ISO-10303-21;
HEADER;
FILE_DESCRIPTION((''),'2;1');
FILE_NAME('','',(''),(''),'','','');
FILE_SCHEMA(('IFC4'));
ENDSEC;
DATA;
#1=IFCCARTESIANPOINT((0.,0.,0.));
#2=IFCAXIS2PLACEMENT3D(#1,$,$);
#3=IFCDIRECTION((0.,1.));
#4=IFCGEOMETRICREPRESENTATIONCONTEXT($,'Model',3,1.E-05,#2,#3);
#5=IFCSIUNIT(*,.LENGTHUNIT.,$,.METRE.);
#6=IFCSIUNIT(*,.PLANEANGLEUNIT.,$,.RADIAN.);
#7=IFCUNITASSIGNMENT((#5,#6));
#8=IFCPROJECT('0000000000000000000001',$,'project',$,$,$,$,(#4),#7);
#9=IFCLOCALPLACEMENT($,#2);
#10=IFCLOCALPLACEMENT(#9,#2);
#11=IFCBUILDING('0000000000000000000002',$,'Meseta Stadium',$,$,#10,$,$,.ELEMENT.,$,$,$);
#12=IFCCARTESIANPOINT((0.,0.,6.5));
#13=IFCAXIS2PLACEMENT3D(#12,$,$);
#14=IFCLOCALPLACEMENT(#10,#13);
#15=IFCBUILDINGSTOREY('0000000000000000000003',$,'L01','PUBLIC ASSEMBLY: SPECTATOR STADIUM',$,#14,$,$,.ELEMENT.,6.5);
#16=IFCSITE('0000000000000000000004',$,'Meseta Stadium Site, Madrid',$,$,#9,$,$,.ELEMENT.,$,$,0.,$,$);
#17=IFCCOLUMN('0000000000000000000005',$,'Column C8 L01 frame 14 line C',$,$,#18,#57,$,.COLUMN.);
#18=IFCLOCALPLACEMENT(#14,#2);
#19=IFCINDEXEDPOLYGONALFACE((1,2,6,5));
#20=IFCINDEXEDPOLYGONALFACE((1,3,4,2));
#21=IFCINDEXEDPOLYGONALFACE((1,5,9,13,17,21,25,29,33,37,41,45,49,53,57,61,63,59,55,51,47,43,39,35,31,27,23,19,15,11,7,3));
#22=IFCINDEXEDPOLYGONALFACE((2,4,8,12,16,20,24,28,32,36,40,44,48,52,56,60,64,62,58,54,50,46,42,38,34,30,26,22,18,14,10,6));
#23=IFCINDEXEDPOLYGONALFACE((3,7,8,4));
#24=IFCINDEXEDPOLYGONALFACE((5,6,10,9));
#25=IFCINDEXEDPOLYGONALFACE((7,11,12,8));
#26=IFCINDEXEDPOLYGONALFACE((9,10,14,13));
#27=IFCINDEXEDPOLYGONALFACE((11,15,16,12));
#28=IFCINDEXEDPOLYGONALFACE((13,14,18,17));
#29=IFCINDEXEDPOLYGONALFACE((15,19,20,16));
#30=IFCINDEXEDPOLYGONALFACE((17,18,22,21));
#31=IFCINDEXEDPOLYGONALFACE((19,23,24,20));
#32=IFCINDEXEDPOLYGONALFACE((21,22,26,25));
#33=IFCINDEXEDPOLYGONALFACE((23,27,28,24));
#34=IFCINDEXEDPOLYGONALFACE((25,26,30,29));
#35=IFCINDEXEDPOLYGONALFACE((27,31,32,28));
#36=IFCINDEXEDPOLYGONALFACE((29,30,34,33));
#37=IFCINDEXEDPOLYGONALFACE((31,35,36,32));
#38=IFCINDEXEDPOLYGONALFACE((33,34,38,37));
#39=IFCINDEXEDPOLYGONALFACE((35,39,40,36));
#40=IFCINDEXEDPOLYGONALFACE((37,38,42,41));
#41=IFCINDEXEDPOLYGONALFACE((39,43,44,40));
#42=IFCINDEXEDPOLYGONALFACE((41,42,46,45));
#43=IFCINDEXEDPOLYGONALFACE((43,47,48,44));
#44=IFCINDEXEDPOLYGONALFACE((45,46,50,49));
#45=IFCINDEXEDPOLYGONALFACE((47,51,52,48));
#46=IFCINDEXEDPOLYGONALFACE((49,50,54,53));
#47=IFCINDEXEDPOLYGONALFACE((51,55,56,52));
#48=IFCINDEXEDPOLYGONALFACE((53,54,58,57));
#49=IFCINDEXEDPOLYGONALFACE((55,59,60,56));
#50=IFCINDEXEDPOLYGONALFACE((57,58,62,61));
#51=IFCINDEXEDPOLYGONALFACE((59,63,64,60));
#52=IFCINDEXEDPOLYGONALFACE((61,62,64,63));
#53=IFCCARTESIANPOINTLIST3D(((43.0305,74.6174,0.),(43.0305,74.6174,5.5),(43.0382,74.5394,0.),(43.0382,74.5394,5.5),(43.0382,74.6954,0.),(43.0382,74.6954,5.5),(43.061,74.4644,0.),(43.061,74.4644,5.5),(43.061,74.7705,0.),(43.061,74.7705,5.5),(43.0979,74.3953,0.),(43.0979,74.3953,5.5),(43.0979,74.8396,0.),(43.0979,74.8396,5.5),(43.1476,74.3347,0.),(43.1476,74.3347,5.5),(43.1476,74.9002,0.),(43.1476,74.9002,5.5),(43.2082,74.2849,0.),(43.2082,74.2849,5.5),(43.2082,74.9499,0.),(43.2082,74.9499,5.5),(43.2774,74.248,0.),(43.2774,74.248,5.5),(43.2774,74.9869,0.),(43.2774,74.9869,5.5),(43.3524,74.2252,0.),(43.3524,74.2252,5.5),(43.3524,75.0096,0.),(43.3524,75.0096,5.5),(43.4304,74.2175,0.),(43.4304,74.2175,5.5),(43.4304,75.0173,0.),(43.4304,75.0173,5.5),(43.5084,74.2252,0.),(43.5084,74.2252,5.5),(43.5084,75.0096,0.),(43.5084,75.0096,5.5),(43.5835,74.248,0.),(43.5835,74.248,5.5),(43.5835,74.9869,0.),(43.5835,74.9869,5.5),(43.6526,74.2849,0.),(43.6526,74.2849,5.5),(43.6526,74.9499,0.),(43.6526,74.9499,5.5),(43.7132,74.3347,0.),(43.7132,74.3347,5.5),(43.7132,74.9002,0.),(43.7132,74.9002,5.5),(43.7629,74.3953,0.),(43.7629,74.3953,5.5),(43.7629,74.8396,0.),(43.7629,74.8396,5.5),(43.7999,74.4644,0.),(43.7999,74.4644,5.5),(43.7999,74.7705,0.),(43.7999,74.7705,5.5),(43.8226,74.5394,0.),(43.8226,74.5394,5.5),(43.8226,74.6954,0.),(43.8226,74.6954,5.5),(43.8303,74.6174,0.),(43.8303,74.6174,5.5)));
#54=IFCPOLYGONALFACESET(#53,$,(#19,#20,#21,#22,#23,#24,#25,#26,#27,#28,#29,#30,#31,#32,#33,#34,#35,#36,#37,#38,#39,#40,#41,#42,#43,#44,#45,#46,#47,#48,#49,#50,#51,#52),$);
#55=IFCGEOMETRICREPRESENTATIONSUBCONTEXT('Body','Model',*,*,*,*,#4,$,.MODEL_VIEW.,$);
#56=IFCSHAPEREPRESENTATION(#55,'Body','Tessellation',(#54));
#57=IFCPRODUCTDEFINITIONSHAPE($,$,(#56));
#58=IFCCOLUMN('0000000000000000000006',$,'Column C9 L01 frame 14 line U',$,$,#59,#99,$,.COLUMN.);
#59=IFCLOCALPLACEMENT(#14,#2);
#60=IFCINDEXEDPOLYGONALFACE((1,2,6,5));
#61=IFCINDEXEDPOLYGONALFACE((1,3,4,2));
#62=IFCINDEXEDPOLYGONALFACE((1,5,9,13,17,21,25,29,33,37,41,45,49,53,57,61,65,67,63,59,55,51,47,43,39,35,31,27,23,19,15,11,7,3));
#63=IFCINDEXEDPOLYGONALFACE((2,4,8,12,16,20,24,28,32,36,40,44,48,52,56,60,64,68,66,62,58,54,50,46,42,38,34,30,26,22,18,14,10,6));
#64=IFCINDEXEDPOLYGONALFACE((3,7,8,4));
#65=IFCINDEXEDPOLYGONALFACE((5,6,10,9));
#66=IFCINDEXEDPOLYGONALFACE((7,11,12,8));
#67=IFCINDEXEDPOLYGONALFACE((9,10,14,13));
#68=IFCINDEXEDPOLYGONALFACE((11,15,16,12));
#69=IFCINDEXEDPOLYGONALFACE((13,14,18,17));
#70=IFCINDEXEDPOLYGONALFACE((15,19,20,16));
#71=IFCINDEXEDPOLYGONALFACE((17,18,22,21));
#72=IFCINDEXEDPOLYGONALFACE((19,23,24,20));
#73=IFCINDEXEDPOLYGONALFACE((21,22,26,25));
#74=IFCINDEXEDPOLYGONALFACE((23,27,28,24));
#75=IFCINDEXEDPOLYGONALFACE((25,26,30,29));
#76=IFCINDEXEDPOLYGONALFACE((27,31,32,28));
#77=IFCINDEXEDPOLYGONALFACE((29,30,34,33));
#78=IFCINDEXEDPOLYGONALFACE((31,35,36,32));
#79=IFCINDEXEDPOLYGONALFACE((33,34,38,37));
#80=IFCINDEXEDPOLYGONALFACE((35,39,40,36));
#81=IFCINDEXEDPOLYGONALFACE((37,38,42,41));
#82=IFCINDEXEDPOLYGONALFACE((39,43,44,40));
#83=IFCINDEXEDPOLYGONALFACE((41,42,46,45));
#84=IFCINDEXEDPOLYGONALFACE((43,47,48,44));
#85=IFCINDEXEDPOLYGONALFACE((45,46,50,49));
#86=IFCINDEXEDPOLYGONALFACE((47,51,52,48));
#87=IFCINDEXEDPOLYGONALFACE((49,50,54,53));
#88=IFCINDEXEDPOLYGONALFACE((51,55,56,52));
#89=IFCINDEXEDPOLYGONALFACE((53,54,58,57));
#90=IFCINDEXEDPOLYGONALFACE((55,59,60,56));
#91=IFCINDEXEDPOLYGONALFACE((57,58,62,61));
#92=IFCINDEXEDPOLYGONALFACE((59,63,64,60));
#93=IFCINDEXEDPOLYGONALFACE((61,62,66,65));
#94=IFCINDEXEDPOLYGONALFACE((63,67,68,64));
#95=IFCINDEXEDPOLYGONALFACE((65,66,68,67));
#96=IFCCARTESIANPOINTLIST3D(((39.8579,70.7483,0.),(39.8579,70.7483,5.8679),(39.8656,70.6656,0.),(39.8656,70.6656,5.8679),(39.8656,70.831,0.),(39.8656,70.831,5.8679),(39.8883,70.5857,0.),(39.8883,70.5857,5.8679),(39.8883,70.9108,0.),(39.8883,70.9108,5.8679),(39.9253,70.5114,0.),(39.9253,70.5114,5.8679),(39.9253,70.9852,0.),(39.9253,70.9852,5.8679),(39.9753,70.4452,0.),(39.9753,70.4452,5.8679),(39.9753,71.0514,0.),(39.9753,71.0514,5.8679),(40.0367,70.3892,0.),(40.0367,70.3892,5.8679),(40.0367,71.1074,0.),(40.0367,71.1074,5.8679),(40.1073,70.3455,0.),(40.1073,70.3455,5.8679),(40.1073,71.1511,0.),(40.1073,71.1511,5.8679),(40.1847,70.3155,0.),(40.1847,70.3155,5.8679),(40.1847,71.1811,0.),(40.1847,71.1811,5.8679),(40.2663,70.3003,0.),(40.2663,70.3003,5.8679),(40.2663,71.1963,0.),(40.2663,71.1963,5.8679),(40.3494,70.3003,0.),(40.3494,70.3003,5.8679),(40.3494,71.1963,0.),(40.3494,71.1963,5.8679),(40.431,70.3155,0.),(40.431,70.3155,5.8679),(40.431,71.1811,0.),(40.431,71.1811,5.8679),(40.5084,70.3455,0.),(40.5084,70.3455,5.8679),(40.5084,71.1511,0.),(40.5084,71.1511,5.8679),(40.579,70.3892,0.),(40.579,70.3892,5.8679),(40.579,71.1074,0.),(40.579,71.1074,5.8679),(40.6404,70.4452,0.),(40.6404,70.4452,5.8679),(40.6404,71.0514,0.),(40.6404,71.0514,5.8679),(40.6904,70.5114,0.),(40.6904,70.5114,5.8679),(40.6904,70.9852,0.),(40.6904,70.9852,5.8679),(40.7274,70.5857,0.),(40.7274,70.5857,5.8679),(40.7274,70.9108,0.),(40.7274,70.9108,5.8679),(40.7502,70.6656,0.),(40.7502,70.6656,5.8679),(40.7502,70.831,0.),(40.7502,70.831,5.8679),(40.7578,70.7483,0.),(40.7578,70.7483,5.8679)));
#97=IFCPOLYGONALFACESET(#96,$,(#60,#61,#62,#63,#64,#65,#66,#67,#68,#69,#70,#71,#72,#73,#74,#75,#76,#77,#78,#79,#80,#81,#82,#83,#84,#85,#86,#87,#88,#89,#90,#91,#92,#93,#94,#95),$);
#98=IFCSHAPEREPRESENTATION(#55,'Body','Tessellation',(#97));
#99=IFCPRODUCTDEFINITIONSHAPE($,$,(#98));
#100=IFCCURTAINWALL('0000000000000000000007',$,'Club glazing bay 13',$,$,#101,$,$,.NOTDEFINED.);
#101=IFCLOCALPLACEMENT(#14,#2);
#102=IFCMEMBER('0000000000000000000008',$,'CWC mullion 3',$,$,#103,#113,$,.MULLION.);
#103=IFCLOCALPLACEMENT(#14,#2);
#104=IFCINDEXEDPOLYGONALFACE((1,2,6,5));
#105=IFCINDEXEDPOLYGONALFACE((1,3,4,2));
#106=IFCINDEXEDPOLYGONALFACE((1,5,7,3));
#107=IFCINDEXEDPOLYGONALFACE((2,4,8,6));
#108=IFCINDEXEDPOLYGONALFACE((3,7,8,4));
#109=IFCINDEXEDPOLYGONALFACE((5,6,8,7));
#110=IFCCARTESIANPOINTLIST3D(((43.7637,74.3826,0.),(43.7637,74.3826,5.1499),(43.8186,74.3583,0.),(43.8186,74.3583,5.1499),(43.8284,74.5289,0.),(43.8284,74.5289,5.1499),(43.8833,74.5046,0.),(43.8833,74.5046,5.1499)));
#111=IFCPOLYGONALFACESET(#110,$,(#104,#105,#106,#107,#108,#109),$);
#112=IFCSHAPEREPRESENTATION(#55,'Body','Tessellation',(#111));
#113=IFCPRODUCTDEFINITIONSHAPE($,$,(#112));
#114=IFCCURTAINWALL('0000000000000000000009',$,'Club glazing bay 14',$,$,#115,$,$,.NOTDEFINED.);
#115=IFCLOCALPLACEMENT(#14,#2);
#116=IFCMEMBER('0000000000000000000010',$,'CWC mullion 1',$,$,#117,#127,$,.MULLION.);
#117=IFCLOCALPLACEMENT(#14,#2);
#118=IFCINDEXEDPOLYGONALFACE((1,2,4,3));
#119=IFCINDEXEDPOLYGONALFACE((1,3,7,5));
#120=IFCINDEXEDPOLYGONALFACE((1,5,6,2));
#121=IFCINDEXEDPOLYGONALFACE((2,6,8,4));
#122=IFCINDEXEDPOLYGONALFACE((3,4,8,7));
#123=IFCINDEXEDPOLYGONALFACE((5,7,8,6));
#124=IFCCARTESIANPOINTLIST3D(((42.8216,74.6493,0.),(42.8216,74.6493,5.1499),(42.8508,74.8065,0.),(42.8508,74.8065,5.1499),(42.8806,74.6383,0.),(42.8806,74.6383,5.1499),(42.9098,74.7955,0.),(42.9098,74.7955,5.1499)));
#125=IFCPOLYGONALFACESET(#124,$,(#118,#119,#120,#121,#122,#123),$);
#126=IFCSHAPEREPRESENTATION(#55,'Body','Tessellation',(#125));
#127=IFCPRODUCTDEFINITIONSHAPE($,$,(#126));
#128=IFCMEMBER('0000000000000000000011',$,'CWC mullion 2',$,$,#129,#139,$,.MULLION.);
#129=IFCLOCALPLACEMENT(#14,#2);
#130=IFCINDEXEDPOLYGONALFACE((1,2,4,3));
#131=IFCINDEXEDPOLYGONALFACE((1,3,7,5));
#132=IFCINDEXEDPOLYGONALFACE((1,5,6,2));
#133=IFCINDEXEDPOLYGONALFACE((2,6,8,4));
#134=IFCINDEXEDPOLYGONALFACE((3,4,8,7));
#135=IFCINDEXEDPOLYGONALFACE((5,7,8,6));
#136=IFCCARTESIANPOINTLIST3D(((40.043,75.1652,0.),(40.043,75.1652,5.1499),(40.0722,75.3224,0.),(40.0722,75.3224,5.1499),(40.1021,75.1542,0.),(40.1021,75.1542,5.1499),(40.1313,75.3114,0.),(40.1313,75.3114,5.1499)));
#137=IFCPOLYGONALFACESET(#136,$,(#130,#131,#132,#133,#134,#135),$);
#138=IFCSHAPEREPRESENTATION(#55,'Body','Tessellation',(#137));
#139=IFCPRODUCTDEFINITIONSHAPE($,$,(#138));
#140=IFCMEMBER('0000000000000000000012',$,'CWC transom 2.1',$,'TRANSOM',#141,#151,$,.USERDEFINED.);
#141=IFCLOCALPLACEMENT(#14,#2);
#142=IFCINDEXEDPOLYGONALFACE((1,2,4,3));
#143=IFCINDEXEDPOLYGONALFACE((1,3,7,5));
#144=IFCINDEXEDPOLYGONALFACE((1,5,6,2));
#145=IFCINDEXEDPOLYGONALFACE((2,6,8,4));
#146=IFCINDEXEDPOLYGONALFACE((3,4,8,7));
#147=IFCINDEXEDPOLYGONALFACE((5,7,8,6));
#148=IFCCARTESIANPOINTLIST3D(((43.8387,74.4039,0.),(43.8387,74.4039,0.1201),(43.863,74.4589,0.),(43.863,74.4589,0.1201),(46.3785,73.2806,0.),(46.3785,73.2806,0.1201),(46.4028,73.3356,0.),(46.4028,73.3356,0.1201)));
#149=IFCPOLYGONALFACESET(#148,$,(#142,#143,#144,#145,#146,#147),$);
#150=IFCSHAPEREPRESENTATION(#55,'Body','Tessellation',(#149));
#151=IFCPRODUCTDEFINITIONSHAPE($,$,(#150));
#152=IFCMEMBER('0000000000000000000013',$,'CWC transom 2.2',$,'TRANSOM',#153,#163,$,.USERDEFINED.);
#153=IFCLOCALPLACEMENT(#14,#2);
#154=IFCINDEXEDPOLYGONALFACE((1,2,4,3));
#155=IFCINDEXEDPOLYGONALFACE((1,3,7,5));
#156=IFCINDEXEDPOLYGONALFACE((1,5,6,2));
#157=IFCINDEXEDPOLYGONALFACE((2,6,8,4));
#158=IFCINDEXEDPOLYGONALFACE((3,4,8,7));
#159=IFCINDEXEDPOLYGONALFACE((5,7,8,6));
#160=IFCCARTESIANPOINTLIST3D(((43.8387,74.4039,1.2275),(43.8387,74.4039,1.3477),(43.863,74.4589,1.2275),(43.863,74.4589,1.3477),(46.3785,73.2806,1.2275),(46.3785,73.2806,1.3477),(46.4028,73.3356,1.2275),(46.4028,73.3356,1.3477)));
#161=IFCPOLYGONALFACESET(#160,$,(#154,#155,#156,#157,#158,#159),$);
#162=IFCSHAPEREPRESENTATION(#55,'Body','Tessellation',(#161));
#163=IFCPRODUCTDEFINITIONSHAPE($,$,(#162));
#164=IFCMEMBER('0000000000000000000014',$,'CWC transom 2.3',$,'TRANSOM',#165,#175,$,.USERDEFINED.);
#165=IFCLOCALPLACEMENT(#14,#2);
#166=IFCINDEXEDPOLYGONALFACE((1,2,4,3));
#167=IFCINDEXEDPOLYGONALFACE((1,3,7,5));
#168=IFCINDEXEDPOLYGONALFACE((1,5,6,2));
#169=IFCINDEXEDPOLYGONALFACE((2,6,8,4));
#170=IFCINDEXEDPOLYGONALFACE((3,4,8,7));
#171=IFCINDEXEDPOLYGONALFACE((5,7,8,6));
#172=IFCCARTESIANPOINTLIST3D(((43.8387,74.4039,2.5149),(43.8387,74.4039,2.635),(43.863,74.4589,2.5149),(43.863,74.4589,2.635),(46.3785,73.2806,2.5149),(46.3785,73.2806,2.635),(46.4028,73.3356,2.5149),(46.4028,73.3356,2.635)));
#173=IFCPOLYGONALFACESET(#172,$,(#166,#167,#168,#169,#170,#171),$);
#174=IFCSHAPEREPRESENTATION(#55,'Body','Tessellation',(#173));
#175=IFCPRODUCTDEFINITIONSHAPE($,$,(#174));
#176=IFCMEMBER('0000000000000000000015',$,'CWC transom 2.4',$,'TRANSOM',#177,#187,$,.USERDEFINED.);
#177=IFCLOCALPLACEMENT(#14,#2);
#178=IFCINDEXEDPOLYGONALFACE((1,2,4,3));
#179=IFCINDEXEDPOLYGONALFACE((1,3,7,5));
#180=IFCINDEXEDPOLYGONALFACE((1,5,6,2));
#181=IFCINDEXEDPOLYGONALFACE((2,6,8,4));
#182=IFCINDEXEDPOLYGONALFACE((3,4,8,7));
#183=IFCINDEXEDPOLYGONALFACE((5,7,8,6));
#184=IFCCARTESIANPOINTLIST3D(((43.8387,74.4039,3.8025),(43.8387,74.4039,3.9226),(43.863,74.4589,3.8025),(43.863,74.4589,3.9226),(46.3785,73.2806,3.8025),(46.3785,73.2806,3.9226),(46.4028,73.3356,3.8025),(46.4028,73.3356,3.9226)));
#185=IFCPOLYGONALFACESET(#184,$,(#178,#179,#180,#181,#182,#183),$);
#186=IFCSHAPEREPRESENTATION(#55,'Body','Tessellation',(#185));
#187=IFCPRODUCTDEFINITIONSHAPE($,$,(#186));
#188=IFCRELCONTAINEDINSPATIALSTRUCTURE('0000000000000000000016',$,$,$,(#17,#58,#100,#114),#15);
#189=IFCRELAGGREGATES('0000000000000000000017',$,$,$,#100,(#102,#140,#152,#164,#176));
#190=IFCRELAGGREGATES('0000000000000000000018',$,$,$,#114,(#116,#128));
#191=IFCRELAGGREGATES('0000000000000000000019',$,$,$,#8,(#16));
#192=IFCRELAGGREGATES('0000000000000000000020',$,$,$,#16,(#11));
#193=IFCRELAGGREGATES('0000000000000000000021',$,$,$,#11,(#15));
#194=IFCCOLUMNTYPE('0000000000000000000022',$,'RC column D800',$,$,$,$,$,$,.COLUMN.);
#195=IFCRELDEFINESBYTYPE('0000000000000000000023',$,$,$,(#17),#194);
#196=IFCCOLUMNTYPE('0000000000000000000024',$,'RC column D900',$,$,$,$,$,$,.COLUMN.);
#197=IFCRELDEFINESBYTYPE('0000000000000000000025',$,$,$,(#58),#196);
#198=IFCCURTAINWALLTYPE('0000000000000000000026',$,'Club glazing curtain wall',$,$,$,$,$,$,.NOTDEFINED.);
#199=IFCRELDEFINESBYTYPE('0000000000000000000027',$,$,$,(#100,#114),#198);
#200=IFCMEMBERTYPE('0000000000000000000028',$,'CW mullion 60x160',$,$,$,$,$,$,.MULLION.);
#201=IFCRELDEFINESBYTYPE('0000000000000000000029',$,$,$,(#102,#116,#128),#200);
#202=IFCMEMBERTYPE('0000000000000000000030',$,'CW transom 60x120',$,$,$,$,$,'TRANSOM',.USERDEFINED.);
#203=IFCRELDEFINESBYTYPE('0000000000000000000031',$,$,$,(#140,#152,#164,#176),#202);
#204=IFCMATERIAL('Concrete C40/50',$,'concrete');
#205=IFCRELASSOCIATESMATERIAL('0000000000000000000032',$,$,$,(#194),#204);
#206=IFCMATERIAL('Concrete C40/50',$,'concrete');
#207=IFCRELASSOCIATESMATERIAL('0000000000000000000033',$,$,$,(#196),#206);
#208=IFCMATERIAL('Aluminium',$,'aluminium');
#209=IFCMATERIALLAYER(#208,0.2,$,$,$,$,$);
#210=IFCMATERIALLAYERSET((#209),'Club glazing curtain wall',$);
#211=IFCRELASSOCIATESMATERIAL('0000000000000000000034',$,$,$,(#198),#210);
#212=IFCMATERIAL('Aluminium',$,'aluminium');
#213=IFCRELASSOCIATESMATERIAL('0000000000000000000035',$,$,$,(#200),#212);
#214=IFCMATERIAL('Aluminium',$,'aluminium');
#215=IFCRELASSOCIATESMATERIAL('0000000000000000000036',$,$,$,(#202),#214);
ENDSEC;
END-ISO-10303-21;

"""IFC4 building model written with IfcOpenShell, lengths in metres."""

from ifc_helpers import new_model, si_unit, direction, frame, origin, origin_2d, place, context, subcontext, project, spatial, rectangle, circle, extrude, material, layer, layer_set, material_profile, profile_set, type_object, element, aggregate, save


model = new_model("IFC4")

# Units and contexts
model_context = context("Model", 3, precision=1e-05, world=origin(), true_north=direction((0.0, 1.0)))
body_context = subcontext(model_context, "Body", "Model", "MODEL_VIEW")
ifc_project = project(units=[si_unit("LENGTHUNIT", "METRE"), si_unit("PLANEANGLEUNIT", "RADIAN")], contexts=[model_context])

# Site, building, storey
site_placement = place(None, origin())
site = spatial("IfcSite", under=ifc_project, at=site_placement, Name="Meseta Stadium Site, Madrid", CompositionType="ELEMENT", RefElevation=0.0)
building_placement = place(site_placement, origin())
building = spatial("IfcBuilding", under=site, at=building_placement, Name="Meseta Stadium", CompositionType="ELEMENT")
storey_placement = place(building_placement, frame((0.0, 0.0, 6.5)))
storey = spatial("IfcBuildingStorey", under=building, at=storey_placement, Name="L01", Description="PUBLIC ASSEMBLY: SPECTATOR STADIUM", CompositionType="ELEMENT", Elevation=6.5)

# Columns
ifc_material_1 = material(Name="Concrete C40/50", Category="concrete")
ifc_material_profile_1 = material_profile(ifc_material_1, circle(Radius=0.3999, at=origin_2d()), Name="RC D800")
ifc_profile_set_1 = profile_set([ifc_material_profile_1], Name="Concrete C40/50")
column_type_1 = type_object("IfcColumnType", Name="RC column D800", PredefinedType="COLUMN", material=ifc_profile_set_1)
column_1_placement = place(storey_placement, frame((43.4304, 74.6174, 0.0), z_axis=(0.0, 0.0, 1.0), x_axis=(1.0, 0.0, 0.0)))
element("IfcColumn", 1, at=column_1_placement, inside=storey, type_object=column_type_1, Name="Column C8 L01 frame 14 line C", PredefinedType="COLUMN", context=body_context, shape_type="SweptSolid", body=[
    extrude(circle(Radius=0.3999, at=origin_2d()), origin(), (0.0, 0.0, 1.0), 5.5),
])
ifc_material_2 = material(Name="Concrete C40/50", Category="concrete")
ifc_material_profile_2 = material_profile(ifc_material_2, circle(Radius=0.45, at=origin_2d()), Name="RC D900")
ifc_profile_set_2 = profile_set([ifc_material_profile_2], Name="Concrete C40/50")
column_type_2 = type_object("IfcColumnType", Name="RC column D900", PredefinedType="COLUMN", material=ifc_profile_set_2)
column_2_placement = place(storey_placement, frame((40.3079, 70.7483, 0.0), z_axis=(0.0, 0.0, 1.0), x_axis=(1.0, 0.0, 0.0)))
element("IfcColumn", 2, at=column_2_placement, inside=storey, type_object=column_type_2, Name="Column C9 L01 frame 14 line U", PredefinedType="COLUMN", context=body_context, shape_type="SweptSolid", body=[
    extrude(circle(Radius=0.45, at=origin_2d()), origin(), (0.0, 0.0, 1.0), 5.8679),
])

# Curtain wall, member
ifc_material_3 = material(Name="Aluminium", Category="aluminium")
ifc_layer_1 = layer(ifc_material_3, 0.2)
ifc_layer_set_1 = layer_set([ifc_layer_1], Name="Club glazing curtain wall")
curtain_wall_type = type_object("IfcCurtainWallType", Name="Club glazing curtain wall", PredefinedType="NOTDEFINED", material=ifc_layer_set_1)
curtain_wall_1_placement = place(storey_placement, origin())
curtain_wall_1 = element("IfcCurtainWall", 3, at=curtain_wall_1_placement, inside=storey, type_object=curtain_wall_type, Name="Club glazing bay 13", PredefinedType="NOTDEFINED")
ifc_material_4 = material(Name="Aluminium", Category="aluminium")
ifc_material_profile_3 = material_profile(ifc_material_4, rectangle(XDim=0.1599, YDim=0.0601, at=origin_2d()), Name="CW 160x60")
ifc_profile_set_3 = profile_set([ifc_material_profile_3], Name="Aluminium")
member_type_1 = type_object("IfcMemberType", Name="CW mullion 60x160", PredefinedType="MULLION", material=ifc_profile_set_3)
member_1_placement = place(storey_placement, frame((43.8235, 74.4436, 0.0), z_axis=(0.0, 0.0, 1.0), x_axis=(-0.404524, -0.914527, 0.0)))
member_1 = element("IfcMember", 4, at=member_1_placement, type_object=member_type_1, Name="CWC mullion 3", PredefinedType="MULLION", context=body_context, shape_type="SweptSolid", body=[
    extrude(rectangle(XDim=0.1599, YDim=0.0601, at=origin_2d()), origin(), (0.0, 0.0, 1.0), 5.1499),
])

# Curtain wall, members
curtain_wall_2_placement = place(storey_placement, origin())
curtain_wall_2 = element("IfcCurtainWall", 5, at=curtain_wall_2_placement, inside=storey, type_object=curtain_wall_type, Name="Club glazing bay 14", PredefinedType="NOTDEFINED")
member_2_placement = place(storey_placement, frame((42.8657, 74.7224, 0.0), z_axis=(0.0, 0.0, 1.0), x_axis=(-0.1826, -0.983187, 0.0)))
member_2 = element("IfcMember", 6, at=member_2_placement, type_object=member_type_1, Name="CWC mullion 1", PredefinedType="MULLION", context=body_context, shape_type="SweptSolid", body=[
    extrude(rectangle(XDim=0.1599, YDim=0.0601, at=origin_2d()), origin(), (0.0, 0.0, 1.0), 5.1499),
])
member_3_placement = place(storey_placement, frame((40.0872, 75.2383, 0.0), z_axis=(0.0, 0.0, 1.0), x_axis=(-0.1826, -0.983187, 0.0)))
member_3 = element("IfcMember", 7, at=member_3_placement, type_object=member_type_1, Name="CWC mullion 2", PredefinedType="MULLION", context=body_context, shape_type="SweptSolid", body=[
    extrude(rectangle(XDim=0.1599, YDim=0.0601, at=origin_2d()), origin(), (0.0, 0.0, 1.0), 5.1499),
])

# Members
ifc_material_5 = material(Name="Aluminium", Category="aluminium")
ifc_material_profile_4 = material_profile(ifc_material_5, rectangle(XDim=0.0601, YDim=0.1201, at=origin_2d()), Name="CW 60x120")
ifc_profile_set_4 = profile_set([ifc_material_profile_4], Name="Aluminium")
member_type_2 = type_object("IfcMemberType", Name="CW transom 60x120", ElementType="TRANSOM", PredefinedType="USERDEFINED", material=ifc_profile_set_4)
member_4_placement = place(storey_placement, frame((46.3906, 73.3081, 0.0601), z_axis=(-0.914546, 0.404482, 0.0), x_axis=(-0.404482, -0.914546, 0.0)))
member_4 = element("IfcMember", 8, at=member_4_placement, type_object=member_type_2, Name="CWC transom 2.1", ObjectType="TRANSOM", PredefinedType="USERDEFINED", context=body_context, shape_type="SweptSolid", body=[
    extrude(rectangle(XDim=0.0601, YDim=0.1201, at=origin_2d()), origin(), (0.0, 0.0, 1.0), 2.7771),
])
member_5_placement = place(storey_placement, frame((46.3906, 73.3081, 1.2876), z_axis=(-0.914546, 0.404482, 0.0), x_axis=(-0.404482, -0.914546, 0.0)))
member_5 = element("IfcMember", 9, at=member_5_placement, type_object=member_type_2, Name="CWC transom 2.2", ObjectType="TRANSOM", PredefinedType="USERDEFINED", context=body_context, shape_type="SweptSolid", body=[
    extrude(rectangle(XDim=0.0601, YDim=0.1201, at=origin_2d()), origin(), (0.0, 0.0, 1.0), 2.7771),
])
member_6_placement = place(storey_placement, frame((46.3906, 73.3081, 2.575), z_axis=(-0.914546, 0.404482, 0.0), x_axis=(-0.404482, -0.914546, 0.0)))
member_6 = element("IfcMember", 10, at=member_6_placement, type_object=member_type_2, Name="CWC transom 2.3", ObjectType="TRANSOM", PredefinedType="USERDEFINED", context=body_context, shape_type="SweptSolid", body=[
    extrude(rectangle(XDim=0.0601, YDim=0.1201, at=origin_2d()), origin(), (0.0, 0.0, 1.0), 2.7771),
])
member_7_placement = place(storey_placement, frame((46.3906, 73.3081, 3.8625), z_axis=(-0.914546, 0.404482, 0.0), x_axis=(-0.404482, -0.914546, 0.0)))
member_7 = element("IfcMember", 11, at=member_7_placement, type_object=member_type_2, Name="CWC transom 2.4", ObjectType="TRANSOM", PredefinedType="USERDEFINED", context=body_context, shape_type="SweptSolid", body=[
    extrude(rectangle(XDim=0.0601, YDim=0.1201, at=origin_2d()), origin(), (0.0, 0.0, 1.0), 2.7771),
])

aggregate(curtain_wall_1, [member_1, member_4, member_5, member_6, member_7])
aggregate(curtain_wall_2, [member_2, member_3])

save(model, "model.ifc")
